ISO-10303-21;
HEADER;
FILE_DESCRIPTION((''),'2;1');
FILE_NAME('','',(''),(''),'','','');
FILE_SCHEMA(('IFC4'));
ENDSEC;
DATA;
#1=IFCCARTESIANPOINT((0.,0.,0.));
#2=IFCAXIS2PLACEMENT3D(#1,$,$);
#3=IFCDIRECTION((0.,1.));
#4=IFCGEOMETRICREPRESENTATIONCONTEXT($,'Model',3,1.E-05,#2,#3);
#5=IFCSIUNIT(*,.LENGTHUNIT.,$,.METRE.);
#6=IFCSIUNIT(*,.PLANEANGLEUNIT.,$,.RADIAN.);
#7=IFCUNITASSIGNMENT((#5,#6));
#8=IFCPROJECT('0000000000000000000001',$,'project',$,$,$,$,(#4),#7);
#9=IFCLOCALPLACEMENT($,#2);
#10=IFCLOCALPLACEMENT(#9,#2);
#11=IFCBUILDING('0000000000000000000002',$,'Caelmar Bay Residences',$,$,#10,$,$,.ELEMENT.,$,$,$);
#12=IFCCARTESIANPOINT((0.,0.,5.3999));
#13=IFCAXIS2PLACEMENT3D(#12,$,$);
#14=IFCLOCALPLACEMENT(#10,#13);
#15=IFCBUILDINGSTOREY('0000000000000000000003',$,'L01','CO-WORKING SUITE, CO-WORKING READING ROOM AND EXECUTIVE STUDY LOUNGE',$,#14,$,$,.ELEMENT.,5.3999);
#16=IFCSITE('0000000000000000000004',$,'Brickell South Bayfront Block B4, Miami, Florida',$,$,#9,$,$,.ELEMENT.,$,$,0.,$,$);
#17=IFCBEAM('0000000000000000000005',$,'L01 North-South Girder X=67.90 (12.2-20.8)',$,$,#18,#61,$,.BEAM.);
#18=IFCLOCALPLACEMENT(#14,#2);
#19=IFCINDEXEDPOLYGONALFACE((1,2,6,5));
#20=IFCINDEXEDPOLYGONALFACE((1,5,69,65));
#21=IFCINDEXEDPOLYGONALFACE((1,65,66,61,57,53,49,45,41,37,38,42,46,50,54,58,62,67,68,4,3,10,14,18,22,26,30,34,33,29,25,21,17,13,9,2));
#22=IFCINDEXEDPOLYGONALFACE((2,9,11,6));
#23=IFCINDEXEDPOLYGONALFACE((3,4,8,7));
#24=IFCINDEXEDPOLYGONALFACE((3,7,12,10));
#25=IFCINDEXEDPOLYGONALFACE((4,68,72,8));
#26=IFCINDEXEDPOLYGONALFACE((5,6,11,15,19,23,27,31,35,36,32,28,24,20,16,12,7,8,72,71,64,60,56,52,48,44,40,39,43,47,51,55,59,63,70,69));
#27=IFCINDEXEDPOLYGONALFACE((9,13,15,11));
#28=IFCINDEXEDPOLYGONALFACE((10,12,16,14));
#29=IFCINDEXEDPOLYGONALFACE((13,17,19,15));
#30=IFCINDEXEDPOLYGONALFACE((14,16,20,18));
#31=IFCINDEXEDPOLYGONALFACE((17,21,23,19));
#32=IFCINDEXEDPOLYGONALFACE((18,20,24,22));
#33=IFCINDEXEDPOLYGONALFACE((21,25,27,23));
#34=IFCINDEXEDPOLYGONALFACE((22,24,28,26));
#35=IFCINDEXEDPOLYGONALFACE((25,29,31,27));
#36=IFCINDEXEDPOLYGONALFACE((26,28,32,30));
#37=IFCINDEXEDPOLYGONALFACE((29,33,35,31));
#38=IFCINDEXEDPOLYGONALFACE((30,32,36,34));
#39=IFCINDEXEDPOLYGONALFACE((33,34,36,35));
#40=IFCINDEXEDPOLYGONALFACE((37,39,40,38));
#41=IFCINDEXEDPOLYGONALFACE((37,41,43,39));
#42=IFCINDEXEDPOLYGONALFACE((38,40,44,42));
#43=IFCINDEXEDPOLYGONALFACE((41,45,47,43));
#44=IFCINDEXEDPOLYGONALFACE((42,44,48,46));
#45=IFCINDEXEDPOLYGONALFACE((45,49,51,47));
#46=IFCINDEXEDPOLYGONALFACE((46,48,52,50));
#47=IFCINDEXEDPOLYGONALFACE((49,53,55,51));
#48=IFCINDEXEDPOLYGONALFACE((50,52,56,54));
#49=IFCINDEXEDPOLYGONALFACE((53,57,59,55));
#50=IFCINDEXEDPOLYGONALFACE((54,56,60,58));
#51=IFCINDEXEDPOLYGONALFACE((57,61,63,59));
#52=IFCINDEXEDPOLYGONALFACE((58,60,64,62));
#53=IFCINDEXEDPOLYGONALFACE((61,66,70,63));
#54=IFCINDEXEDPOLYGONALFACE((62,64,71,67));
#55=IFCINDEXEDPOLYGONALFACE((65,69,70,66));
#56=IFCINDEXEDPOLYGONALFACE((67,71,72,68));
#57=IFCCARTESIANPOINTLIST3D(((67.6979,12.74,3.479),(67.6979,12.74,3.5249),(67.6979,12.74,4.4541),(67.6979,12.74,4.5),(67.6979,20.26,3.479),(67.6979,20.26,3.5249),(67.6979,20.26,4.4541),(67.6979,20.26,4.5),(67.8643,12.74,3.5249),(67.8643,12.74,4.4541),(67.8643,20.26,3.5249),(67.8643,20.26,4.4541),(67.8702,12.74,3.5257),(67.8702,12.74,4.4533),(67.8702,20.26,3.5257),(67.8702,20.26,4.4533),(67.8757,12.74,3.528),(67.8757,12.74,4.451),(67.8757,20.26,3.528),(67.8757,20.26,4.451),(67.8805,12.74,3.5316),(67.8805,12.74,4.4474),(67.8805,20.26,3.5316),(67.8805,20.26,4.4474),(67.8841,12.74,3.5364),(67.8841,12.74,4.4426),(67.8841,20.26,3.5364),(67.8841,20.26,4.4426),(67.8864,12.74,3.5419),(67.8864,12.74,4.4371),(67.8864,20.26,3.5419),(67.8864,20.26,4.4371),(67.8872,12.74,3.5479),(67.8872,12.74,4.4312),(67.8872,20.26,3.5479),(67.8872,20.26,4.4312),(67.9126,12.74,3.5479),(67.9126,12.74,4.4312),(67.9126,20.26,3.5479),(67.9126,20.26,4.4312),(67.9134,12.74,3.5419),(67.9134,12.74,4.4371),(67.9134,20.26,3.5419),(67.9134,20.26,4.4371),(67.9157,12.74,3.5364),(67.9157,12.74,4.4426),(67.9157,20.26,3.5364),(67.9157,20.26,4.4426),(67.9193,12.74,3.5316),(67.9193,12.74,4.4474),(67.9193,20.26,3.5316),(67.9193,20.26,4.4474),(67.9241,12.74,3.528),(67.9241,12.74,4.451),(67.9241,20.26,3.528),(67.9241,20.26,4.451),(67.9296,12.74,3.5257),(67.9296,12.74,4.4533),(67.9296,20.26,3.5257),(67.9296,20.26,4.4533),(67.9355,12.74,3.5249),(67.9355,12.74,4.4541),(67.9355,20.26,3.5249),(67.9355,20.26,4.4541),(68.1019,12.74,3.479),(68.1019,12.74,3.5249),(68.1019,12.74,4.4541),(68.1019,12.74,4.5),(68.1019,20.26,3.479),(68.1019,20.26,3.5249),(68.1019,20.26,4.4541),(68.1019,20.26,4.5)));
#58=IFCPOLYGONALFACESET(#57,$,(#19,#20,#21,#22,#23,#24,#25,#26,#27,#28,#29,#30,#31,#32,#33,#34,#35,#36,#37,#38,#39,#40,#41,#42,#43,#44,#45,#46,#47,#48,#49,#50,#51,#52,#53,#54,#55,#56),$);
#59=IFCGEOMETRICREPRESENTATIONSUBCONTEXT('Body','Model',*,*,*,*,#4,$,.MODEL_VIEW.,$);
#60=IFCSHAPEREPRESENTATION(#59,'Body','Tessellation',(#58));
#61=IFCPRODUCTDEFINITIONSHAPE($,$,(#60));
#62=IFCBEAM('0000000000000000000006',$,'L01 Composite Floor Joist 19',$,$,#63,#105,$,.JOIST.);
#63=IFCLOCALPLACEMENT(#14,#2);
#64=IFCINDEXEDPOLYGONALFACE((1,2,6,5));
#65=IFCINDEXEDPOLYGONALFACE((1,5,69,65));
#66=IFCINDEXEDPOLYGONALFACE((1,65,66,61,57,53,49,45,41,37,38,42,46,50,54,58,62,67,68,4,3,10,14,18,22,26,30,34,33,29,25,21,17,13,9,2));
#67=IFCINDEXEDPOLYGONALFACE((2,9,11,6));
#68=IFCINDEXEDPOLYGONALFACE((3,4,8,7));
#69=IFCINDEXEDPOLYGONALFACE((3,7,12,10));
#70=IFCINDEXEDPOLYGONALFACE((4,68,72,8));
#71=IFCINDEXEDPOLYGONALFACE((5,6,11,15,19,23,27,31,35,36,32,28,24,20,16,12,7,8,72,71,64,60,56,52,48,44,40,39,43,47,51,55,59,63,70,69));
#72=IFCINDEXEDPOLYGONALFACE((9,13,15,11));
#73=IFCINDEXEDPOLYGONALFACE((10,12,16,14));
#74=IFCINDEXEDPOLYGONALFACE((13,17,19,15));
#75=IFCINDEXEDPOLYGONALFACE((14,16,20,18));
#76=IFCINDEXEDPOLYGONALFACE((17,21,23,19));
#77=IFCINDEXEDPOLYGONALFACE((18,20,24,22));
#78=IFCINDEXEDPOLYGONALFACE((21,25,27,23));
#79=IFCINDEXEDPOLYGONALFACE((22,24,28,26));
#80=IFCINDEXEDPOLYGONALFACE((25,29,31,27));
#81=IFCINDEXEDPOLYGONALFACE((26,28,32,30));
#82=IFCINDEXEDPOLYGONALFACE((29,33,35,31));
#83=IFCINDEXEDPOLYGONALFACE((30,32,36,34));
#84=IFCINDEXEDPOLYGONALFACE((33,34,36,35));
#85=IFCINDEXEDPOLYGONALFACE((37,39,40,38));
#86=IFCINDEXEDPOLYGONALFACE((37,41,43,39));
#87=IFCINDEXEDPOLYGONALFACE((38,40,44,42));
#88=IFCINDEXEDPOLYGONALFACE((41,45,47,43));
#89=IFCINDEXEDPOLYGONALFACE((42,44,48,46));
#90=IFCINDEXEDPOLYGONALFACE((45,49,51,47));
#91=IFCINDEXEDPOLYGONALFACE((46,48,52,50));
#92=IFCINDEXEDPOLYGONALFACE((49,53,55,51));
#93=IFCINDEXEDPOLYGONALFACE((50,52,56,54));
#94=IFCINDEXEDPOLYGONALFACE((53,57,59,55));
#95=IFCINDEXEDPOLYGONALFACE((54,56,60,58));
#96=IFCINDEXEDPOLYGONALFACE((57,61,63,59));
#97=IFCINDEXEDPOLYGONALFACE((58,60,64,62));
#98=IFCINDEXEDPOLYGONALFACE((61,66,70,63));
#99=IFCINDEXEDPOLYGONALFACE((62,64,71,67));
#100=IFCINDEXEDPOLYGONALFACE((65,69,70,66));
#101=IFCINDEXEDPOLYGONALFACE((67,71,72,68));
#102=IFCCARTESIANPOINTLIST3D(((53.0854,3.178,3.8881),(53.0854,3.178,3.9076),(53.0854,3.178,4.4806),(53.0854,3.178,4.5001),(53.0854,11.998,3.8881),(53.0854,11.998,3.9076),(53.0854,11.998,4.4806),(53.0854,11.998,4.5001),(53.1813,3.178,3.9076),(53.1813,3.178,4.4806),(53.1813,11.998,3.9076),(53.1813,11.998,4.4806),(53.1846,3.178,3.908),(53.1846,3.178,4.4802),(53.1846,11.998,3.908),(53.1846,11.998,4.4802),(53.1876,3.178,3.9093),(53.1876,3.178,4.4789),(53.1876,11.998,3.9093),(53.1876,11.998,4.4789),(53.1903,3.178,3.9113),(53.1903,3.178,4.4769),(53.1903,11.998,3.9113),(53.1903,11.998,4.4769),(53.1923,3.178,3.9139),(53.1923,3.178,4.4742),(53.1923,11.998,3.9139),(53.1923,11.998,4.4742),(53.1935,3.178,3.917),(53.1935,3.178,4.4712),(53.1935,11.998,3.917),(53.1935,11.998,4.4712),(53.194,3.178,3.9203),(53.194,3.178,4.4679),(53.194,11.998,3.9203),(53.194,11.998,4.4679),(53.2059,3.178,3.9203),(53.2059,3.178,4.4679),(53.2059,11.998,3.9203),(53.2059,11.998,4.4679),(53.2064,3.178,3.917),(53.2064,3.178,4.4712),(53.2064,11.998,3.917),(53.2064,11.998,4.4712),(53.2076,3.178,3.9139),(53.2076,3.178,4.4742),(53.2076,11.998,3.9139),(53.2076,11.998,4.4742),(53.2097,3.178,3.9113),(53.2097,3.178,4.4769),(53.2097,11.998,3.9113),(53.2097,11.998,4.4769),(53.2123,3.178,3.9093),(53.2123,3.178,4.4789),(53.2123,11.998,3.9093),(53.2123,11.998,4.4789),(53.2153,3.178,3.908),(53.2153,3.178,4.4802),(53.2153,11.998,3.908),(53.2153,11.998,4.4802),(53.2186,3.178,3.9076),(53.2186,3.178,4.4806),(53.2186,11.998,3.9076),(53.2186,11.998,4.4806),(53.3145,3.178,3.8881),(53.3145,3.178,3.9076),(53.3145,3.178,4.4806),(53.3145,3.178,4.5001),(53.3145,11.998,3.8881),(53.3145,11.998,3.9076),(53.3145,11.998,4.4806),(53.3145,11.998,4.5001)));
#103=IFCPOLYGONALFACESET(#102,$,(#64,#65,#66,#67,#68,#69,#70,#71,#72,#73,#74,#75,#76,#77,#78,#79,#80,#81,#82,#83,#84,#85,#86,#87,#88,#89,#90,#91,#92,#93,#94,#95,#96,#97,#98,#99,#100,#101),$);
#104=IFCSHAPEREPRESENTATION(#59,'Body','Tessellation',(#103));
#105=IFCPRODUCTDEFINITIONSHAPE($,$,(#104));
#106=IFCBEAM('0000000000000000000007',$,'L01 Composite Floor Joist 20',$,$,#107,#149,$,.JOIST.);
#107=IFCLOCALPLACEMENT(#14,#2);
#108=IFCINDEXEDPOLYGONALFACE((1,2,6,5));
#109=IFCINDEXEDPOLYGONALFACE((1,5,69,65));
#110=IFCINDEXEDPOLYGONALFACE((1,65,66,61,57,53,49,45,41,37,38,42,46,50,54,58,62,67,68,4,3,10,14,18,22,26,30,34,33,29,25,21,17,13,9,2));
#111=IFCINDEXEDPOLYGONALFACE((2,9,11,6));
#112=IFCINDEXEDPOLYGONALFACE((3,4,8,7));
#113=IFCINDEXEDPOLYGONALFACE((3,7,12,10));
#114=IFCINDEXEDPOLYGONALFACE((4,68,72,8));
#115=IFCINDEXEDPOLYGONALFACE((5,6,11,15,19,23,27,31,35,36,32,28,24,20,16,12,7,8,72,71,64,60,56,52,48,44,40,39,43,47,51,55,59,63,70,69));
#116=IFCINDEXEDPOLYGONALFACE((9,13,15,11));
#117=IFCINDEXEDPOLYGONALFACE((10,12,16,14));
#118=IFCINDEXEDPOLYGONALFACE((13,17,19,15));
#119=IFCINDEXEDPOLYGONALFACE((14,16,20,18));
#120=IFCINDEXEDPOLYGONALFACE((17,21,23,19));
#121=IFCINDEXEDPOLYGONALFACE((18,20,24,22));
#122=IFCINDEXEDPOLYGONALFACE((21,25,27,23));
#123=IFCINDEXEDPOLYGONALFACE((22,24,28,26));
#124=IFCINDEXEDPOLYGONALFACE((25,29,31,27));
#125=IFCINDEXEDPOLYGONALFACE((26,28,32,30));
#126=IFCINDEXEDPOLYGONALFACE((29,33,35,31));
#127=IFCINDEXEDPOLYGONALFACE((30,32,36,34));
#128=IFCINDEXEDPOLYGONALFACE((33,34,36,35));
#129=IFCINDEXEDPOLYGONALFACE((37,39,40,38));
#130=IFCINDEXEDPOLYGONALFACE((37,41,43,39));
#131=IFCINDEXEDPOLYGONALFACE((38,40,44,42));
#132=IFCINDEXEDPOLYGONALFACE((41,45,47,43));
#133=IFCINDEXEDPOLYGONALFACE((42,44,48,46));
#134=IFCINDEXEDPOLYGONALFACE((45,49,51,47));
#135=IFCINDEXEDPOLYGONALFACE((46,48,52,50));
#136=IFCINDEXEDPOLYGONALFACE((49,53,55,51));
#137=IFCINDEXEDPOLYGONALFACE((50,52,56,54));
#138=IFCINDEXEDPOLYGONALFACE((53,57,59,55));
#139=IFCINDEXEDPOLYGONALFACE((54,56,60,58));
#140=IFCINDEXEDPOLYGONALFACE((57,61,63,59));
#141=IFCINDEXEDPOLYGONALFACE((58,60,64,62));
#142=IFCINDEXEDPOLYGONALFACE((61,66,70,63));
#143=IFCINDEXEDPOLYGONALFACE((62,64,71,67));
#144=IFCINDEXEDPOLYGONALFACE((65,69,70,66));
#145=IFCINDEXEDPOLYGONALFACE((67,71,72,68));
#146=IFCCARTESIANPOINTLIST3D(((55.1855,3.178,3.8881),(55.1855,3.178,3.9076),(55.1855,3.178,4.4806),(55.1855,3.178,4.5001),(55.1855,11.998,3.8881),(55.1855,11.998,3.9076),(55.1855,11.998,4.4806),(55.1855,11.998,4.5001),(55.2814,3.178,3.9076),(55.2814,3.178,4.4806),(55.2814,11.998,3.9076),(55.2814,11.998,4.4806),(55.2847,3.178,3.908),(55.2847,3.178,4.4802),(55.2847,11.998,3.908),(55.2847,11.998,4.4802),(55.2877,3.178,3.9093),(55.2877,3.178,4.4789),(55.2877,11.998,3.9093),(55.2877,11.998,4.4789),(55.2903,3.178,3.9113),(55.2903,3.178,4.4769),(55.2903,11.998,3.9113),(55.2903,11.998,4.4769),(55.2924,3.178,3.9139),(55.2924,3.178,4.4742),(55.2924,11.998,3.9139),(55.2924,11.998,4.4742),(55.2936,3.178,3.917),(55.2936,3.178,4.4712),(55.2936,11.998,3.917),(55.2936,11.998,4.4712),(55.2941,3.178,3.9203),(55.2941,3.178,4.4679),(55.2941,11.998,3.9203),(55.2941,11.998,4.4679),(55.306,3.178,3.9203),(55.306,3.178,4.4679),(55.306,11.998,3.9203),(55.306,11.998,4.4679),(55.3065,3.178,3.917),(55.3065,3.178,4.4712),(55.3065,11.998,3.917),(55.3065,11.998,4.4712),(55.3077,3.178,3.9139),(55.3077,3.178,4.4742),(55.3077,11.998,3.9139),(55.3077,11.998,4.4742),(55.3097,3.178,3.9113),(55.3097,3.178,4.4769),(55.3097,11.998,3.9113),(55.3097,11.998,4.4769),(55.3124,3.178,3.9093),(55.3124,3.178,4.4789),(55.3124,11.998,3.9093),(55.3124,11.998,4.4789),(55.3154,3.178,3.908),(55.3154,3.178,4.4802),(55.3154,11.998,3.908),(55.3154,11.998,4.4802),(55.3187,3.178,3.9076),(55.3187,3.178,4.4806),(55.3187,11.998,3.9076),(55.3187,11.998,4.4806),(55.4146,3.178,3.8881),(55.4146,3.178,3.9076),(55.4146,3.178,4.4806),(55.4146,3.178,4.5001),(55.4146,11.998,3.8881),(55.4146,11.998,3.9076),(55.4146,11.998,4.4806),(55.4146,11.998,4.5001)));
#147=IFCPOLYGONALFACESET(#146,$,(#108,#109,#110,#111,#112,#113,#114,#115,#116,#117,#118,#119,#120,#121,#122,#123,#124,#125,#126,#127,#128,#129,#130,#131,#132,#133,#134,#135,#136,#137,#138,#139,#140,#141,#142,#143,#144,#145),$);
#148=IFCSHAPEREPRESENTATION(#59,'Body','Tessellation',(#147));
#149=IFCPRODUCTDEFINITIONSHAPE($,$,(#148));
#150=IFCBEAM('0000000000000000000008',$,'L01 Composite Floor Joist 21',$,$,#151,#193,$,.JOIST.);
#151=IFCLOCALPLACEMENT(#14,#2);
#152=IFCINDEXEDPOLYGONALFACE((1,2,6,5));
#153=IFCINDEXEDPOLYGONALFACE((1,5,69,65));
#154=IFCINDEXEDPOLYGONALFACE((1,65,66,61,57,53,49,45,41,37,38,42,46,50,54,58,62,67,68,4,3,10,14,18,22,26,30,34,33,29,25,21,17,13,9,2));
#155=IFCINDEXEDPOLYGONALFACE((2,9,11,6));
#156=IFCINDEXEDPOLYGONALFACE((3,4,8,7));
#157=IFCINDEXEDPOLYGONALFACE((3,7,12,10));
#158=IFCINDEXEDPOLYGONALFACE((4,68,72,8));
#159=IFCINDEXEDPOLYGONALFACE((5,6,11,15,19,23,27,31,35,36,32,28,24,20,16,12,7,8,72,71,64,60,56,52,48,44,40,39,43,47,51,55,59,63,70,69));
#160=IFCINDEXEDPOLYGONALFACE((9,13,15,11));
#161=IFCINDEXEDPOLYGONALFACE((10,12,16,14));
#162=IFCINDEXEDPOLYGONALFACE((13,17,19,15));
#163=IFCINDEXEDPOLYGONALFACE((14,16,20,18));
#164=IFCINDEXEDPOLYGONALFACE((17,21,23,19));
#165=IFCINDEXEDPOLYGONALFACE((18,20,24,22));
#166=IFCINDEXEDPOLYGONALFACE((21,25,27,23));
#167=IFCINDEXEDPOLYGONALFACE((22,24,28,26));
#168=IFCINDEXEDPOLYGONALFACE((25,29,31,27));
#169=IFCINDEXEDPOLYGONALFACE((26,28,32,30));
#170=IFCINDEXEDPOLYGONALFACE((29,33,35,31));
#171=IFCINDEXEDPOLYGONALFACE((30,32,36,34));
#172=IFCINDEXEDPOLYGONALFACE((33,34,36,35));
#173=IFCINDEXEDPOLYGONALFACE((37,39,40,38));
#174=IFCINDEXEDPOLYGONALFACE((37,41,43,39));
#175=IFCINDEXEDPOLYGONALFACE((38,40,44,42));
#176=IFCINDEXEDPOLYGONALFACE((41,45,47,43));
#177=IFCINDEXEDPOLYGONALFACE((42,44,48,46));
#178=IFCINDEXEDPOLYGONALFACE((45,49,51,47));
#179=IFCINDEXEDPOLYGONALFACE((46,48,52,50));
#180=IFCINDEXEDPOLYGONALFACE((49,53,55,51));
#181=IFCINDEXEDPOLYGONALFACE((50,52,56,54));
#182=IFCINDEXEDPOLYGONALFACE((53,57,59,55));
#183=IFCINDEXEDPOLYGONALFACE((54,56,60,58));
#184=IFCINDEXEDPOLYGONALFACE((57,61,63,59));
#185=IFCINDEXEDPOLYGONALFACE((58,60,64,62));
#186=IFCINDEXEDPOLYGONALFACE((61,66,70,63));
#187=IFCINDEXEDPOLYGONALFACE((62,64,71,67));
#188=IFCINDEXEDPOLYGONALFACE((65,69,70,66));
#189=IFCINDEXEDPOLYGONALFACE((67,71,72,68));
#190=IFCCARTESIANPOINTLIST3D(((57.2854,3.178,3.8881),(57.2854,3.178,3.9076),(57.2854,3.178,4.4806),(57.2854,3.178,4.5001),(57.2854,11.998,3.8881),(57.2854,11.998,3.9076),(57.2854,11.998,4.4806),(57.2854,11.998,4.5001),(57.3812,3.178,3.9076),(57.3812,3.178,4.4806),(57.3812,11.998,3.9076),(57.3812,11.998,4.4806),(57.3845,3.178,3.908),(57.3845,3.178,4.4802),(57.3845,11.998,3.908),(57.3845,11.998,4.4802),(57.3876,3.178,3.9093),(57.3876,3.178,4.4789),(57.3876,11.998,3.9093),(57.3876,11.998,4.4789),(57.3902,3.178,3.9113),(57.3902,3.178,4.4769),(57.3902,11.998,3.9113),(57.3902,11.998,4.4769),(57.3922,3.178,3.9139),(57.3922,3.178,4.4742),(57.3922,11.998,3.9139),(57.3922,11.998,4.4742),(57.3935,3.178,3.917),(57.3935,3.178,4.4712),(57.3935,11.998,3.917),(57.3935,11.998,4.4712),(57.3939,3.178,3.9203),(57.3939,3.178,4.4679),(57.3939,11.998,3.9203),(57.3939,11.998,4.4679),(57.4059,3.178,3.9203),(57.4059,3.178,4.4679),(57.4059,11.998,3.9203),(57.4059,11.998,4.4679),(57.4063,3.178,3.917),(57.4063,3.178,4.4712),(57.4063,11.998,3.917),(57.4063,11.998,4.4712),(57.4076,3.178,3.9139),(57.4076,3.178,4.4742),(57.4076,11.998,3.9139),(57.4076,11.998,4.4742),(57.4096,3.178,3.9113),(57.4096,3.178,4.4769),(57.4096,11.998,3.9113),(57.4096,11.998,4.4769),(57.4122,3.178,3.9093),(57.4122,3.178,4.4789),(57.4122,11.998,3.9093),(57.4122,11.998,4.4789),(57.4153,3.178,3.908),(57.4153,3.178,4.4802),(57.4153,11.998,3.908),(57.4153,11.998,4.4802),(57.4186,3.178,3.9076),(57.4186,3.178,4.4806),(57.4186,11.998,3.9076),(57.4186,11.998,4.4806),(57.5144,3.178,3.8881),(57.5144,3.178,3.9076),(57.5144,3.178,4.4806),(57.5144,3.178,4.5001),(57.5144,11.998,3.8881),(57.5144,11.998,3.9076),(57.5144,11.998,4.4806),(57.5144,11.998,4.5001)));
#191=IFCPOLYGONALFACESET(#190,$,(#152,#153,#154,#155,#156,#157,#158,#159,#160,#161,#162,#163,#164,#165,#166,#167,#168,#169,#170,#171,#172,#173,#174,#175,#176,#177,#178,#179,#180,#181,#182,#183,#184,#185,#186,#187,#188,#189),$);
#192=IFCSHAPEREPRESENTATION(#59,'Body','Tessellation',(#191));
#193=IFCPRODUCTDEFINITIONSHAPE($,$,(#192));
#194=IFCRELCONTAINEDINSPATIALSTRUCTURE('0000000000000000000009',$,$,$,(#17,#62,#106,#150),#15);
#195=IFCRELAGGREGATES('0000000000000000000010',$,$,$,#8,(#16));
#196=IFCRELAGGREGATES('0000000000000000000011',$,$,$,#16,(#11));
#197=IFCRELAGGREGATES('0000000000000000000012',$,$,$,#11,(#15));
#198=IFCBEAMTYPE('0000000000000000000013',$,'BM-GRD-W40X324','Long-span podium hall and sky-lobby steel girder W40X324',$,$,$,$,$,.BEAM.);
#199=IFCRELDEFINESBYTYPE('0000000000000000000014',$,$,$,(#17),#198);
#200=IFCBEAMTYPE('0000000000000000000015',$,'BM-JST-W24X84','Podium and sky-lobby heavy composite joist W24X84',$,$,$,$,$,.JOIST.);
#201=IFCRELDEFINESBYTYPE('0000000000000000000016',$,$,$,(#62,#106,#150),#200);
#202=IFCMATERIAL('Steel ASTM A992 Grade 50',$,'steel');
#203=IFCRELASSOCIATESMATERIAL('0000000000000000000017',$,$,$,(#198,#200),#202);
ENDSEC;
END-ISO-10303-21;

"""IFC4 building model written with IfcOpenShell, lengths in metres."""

from ifc_helpers import new_model, si_unit, direction, frame, origin, origin_2d, place, context, subcontext, project, spatial, i_section, extrude, material, material_profile, profile_set, type_object, element, save


model = new_model("IFC4")

# Units and contexts
model_context = context("Model", 3, precision=1e-05, world=origin(), true_north=direction((0.0, 1.0)))
body_context = subcontext(model_context, "Body", "Model", "MODEL_VIEW")
ifc_project = project(units=[si_unit("LENGTHUNIT", "METRE"), si_unit("PLANEANGLEUNIT", "RADIAN")], contexts=[model_context])

# Site, building, storey
site_placement = place(None, origin())
site = spatial("IfcSite", under=ifc_project, at=site_placement, Name="Brickell South Bayfront Block B4, Miami, Florida", CompositionType="ELEMENT", RefElevation=0.0)
building_placement = place(site_placement, origin())
building = spatial("IfcBuilding", under=site, at=building_placement, Name="Caelmar Bay Residences", CompositionType="ELEMENT")
storey_placement = place(building_placement, frame((0.0, 0.0, 5.3999)))
storey = spatial("IfcBuildingStorey", under=building, at=storey_placement, Name="L01", Description="CO-WORKING SUITE, CO-WORKING READING ROOM AND EXECUTIVE STUDY LOUNGE", CompositionType="ELEMENT", Elevation=5.3999)

# Beams
ifc_material_1 = material(Name="Steel ASTM A992 Grade 50", Category="steel")
ifc_material_profile_1 = material_profile(ifc_material_1, i_section(OverallWidth=0.4041, OverallDepth=1.021, WebThickness=0.0254, FlangeThickness=0.0459, FilletRadius=0.0229, at=origin_2d()), Name="W40X324")
ifc_profile_set_1 = profile_set([ifc_material_profile_1], Name="Steel ASTM A992 Grade 50")
beam_type_1 = type_object("IfcBeamType", Name="BM-GRD-W40X324", Description="Long-span podium hall and sky-lobby steel girder W40X324", PredefinedType="BEAM", material=ifc_profile_set_1)
beam_1_placement = place(storey_placement, frame((67.8999, 12.74, 3.9895), z_axis=(0.0, 1.0, 0.0), x_axis=(-1.0, 0.0, 0.0)))
element("IfcBeam", 1, at=beam_1_placement, inside=storey, type_object=beam_type_1, Name="L01 North-South Girder X=67.90 (12.2-20.8)", PredefinedType="BEAM", context=body_context, shape_type="SweptSolid", body=[
    extrude(i_section(OverallWidth=0.4041, OverallDepth=1.021, WebThickness=0.0254, FlangeThickness=0.0459, FilletRadius=0.0229, at=origin_2d()), origin(), (0.0, 0.0, 1.0), 7.52),
])
ifc_material_profile_2 = material_profile(ifc_material_1, i_section(OverallWidth=0.229, OverallDepth=0.6121, WebThickness=0.012, FlangeThickness=0.0195, FilletRadius=0.0127, at=origin_2d()), Name="W24X84")
ifc_profile_set_2 = profile_set([ifc_material_profile_2], Name="Steel ASTM A992 Grade 50")
beam_type_2 = type_object("IfcBeamType", Name="BM-JST-W24X84", Description="Podium and sky-lobby heavy composite joist W24X84", PredefinedType="JOIST", material=ifc_profile_set_2)
for number, where, z_axis, x_axis, name in (
    (2, (53.2, 3.178, 4.1941), (0.0, 1.0, 0.0), (-1.0, 0.0, 0.0), "L01 Composite Floor Joist 19"),
    (3, (55.3, 3.178, 4.1941), (0.0, 1.0, 0.0), (-1.0, 0.0, 0.0), "L01 Composite Floor Joist 20"),
    (4, (57.3999, 3.178, 4.1941), (0.0, 1.0, 0.0), (-1.0, 0.0, 0.0), "L01 Composite Floor Joist 21"),
):
    element("IfcBeam", number, at=place(storey_placement, frame(where, z_axis=z_axis, x_axis=x_axis)), inside=storey, type_object=beam_type_2, Name=name, PredefinedType="JOIST", context=body_context, shape_type="SweptSolid", body=[
        extrude(i_section(OverallWidth=0.229, OverallDepth=0.6121, WebThickness=0.012, FlangeThickness=0.0195, FilletRadius=0.0127, at=origin_2d()), origin(), (0.0, 0.0, 1.0), 8.8201),
    ])

save(model, "model.ifc")
